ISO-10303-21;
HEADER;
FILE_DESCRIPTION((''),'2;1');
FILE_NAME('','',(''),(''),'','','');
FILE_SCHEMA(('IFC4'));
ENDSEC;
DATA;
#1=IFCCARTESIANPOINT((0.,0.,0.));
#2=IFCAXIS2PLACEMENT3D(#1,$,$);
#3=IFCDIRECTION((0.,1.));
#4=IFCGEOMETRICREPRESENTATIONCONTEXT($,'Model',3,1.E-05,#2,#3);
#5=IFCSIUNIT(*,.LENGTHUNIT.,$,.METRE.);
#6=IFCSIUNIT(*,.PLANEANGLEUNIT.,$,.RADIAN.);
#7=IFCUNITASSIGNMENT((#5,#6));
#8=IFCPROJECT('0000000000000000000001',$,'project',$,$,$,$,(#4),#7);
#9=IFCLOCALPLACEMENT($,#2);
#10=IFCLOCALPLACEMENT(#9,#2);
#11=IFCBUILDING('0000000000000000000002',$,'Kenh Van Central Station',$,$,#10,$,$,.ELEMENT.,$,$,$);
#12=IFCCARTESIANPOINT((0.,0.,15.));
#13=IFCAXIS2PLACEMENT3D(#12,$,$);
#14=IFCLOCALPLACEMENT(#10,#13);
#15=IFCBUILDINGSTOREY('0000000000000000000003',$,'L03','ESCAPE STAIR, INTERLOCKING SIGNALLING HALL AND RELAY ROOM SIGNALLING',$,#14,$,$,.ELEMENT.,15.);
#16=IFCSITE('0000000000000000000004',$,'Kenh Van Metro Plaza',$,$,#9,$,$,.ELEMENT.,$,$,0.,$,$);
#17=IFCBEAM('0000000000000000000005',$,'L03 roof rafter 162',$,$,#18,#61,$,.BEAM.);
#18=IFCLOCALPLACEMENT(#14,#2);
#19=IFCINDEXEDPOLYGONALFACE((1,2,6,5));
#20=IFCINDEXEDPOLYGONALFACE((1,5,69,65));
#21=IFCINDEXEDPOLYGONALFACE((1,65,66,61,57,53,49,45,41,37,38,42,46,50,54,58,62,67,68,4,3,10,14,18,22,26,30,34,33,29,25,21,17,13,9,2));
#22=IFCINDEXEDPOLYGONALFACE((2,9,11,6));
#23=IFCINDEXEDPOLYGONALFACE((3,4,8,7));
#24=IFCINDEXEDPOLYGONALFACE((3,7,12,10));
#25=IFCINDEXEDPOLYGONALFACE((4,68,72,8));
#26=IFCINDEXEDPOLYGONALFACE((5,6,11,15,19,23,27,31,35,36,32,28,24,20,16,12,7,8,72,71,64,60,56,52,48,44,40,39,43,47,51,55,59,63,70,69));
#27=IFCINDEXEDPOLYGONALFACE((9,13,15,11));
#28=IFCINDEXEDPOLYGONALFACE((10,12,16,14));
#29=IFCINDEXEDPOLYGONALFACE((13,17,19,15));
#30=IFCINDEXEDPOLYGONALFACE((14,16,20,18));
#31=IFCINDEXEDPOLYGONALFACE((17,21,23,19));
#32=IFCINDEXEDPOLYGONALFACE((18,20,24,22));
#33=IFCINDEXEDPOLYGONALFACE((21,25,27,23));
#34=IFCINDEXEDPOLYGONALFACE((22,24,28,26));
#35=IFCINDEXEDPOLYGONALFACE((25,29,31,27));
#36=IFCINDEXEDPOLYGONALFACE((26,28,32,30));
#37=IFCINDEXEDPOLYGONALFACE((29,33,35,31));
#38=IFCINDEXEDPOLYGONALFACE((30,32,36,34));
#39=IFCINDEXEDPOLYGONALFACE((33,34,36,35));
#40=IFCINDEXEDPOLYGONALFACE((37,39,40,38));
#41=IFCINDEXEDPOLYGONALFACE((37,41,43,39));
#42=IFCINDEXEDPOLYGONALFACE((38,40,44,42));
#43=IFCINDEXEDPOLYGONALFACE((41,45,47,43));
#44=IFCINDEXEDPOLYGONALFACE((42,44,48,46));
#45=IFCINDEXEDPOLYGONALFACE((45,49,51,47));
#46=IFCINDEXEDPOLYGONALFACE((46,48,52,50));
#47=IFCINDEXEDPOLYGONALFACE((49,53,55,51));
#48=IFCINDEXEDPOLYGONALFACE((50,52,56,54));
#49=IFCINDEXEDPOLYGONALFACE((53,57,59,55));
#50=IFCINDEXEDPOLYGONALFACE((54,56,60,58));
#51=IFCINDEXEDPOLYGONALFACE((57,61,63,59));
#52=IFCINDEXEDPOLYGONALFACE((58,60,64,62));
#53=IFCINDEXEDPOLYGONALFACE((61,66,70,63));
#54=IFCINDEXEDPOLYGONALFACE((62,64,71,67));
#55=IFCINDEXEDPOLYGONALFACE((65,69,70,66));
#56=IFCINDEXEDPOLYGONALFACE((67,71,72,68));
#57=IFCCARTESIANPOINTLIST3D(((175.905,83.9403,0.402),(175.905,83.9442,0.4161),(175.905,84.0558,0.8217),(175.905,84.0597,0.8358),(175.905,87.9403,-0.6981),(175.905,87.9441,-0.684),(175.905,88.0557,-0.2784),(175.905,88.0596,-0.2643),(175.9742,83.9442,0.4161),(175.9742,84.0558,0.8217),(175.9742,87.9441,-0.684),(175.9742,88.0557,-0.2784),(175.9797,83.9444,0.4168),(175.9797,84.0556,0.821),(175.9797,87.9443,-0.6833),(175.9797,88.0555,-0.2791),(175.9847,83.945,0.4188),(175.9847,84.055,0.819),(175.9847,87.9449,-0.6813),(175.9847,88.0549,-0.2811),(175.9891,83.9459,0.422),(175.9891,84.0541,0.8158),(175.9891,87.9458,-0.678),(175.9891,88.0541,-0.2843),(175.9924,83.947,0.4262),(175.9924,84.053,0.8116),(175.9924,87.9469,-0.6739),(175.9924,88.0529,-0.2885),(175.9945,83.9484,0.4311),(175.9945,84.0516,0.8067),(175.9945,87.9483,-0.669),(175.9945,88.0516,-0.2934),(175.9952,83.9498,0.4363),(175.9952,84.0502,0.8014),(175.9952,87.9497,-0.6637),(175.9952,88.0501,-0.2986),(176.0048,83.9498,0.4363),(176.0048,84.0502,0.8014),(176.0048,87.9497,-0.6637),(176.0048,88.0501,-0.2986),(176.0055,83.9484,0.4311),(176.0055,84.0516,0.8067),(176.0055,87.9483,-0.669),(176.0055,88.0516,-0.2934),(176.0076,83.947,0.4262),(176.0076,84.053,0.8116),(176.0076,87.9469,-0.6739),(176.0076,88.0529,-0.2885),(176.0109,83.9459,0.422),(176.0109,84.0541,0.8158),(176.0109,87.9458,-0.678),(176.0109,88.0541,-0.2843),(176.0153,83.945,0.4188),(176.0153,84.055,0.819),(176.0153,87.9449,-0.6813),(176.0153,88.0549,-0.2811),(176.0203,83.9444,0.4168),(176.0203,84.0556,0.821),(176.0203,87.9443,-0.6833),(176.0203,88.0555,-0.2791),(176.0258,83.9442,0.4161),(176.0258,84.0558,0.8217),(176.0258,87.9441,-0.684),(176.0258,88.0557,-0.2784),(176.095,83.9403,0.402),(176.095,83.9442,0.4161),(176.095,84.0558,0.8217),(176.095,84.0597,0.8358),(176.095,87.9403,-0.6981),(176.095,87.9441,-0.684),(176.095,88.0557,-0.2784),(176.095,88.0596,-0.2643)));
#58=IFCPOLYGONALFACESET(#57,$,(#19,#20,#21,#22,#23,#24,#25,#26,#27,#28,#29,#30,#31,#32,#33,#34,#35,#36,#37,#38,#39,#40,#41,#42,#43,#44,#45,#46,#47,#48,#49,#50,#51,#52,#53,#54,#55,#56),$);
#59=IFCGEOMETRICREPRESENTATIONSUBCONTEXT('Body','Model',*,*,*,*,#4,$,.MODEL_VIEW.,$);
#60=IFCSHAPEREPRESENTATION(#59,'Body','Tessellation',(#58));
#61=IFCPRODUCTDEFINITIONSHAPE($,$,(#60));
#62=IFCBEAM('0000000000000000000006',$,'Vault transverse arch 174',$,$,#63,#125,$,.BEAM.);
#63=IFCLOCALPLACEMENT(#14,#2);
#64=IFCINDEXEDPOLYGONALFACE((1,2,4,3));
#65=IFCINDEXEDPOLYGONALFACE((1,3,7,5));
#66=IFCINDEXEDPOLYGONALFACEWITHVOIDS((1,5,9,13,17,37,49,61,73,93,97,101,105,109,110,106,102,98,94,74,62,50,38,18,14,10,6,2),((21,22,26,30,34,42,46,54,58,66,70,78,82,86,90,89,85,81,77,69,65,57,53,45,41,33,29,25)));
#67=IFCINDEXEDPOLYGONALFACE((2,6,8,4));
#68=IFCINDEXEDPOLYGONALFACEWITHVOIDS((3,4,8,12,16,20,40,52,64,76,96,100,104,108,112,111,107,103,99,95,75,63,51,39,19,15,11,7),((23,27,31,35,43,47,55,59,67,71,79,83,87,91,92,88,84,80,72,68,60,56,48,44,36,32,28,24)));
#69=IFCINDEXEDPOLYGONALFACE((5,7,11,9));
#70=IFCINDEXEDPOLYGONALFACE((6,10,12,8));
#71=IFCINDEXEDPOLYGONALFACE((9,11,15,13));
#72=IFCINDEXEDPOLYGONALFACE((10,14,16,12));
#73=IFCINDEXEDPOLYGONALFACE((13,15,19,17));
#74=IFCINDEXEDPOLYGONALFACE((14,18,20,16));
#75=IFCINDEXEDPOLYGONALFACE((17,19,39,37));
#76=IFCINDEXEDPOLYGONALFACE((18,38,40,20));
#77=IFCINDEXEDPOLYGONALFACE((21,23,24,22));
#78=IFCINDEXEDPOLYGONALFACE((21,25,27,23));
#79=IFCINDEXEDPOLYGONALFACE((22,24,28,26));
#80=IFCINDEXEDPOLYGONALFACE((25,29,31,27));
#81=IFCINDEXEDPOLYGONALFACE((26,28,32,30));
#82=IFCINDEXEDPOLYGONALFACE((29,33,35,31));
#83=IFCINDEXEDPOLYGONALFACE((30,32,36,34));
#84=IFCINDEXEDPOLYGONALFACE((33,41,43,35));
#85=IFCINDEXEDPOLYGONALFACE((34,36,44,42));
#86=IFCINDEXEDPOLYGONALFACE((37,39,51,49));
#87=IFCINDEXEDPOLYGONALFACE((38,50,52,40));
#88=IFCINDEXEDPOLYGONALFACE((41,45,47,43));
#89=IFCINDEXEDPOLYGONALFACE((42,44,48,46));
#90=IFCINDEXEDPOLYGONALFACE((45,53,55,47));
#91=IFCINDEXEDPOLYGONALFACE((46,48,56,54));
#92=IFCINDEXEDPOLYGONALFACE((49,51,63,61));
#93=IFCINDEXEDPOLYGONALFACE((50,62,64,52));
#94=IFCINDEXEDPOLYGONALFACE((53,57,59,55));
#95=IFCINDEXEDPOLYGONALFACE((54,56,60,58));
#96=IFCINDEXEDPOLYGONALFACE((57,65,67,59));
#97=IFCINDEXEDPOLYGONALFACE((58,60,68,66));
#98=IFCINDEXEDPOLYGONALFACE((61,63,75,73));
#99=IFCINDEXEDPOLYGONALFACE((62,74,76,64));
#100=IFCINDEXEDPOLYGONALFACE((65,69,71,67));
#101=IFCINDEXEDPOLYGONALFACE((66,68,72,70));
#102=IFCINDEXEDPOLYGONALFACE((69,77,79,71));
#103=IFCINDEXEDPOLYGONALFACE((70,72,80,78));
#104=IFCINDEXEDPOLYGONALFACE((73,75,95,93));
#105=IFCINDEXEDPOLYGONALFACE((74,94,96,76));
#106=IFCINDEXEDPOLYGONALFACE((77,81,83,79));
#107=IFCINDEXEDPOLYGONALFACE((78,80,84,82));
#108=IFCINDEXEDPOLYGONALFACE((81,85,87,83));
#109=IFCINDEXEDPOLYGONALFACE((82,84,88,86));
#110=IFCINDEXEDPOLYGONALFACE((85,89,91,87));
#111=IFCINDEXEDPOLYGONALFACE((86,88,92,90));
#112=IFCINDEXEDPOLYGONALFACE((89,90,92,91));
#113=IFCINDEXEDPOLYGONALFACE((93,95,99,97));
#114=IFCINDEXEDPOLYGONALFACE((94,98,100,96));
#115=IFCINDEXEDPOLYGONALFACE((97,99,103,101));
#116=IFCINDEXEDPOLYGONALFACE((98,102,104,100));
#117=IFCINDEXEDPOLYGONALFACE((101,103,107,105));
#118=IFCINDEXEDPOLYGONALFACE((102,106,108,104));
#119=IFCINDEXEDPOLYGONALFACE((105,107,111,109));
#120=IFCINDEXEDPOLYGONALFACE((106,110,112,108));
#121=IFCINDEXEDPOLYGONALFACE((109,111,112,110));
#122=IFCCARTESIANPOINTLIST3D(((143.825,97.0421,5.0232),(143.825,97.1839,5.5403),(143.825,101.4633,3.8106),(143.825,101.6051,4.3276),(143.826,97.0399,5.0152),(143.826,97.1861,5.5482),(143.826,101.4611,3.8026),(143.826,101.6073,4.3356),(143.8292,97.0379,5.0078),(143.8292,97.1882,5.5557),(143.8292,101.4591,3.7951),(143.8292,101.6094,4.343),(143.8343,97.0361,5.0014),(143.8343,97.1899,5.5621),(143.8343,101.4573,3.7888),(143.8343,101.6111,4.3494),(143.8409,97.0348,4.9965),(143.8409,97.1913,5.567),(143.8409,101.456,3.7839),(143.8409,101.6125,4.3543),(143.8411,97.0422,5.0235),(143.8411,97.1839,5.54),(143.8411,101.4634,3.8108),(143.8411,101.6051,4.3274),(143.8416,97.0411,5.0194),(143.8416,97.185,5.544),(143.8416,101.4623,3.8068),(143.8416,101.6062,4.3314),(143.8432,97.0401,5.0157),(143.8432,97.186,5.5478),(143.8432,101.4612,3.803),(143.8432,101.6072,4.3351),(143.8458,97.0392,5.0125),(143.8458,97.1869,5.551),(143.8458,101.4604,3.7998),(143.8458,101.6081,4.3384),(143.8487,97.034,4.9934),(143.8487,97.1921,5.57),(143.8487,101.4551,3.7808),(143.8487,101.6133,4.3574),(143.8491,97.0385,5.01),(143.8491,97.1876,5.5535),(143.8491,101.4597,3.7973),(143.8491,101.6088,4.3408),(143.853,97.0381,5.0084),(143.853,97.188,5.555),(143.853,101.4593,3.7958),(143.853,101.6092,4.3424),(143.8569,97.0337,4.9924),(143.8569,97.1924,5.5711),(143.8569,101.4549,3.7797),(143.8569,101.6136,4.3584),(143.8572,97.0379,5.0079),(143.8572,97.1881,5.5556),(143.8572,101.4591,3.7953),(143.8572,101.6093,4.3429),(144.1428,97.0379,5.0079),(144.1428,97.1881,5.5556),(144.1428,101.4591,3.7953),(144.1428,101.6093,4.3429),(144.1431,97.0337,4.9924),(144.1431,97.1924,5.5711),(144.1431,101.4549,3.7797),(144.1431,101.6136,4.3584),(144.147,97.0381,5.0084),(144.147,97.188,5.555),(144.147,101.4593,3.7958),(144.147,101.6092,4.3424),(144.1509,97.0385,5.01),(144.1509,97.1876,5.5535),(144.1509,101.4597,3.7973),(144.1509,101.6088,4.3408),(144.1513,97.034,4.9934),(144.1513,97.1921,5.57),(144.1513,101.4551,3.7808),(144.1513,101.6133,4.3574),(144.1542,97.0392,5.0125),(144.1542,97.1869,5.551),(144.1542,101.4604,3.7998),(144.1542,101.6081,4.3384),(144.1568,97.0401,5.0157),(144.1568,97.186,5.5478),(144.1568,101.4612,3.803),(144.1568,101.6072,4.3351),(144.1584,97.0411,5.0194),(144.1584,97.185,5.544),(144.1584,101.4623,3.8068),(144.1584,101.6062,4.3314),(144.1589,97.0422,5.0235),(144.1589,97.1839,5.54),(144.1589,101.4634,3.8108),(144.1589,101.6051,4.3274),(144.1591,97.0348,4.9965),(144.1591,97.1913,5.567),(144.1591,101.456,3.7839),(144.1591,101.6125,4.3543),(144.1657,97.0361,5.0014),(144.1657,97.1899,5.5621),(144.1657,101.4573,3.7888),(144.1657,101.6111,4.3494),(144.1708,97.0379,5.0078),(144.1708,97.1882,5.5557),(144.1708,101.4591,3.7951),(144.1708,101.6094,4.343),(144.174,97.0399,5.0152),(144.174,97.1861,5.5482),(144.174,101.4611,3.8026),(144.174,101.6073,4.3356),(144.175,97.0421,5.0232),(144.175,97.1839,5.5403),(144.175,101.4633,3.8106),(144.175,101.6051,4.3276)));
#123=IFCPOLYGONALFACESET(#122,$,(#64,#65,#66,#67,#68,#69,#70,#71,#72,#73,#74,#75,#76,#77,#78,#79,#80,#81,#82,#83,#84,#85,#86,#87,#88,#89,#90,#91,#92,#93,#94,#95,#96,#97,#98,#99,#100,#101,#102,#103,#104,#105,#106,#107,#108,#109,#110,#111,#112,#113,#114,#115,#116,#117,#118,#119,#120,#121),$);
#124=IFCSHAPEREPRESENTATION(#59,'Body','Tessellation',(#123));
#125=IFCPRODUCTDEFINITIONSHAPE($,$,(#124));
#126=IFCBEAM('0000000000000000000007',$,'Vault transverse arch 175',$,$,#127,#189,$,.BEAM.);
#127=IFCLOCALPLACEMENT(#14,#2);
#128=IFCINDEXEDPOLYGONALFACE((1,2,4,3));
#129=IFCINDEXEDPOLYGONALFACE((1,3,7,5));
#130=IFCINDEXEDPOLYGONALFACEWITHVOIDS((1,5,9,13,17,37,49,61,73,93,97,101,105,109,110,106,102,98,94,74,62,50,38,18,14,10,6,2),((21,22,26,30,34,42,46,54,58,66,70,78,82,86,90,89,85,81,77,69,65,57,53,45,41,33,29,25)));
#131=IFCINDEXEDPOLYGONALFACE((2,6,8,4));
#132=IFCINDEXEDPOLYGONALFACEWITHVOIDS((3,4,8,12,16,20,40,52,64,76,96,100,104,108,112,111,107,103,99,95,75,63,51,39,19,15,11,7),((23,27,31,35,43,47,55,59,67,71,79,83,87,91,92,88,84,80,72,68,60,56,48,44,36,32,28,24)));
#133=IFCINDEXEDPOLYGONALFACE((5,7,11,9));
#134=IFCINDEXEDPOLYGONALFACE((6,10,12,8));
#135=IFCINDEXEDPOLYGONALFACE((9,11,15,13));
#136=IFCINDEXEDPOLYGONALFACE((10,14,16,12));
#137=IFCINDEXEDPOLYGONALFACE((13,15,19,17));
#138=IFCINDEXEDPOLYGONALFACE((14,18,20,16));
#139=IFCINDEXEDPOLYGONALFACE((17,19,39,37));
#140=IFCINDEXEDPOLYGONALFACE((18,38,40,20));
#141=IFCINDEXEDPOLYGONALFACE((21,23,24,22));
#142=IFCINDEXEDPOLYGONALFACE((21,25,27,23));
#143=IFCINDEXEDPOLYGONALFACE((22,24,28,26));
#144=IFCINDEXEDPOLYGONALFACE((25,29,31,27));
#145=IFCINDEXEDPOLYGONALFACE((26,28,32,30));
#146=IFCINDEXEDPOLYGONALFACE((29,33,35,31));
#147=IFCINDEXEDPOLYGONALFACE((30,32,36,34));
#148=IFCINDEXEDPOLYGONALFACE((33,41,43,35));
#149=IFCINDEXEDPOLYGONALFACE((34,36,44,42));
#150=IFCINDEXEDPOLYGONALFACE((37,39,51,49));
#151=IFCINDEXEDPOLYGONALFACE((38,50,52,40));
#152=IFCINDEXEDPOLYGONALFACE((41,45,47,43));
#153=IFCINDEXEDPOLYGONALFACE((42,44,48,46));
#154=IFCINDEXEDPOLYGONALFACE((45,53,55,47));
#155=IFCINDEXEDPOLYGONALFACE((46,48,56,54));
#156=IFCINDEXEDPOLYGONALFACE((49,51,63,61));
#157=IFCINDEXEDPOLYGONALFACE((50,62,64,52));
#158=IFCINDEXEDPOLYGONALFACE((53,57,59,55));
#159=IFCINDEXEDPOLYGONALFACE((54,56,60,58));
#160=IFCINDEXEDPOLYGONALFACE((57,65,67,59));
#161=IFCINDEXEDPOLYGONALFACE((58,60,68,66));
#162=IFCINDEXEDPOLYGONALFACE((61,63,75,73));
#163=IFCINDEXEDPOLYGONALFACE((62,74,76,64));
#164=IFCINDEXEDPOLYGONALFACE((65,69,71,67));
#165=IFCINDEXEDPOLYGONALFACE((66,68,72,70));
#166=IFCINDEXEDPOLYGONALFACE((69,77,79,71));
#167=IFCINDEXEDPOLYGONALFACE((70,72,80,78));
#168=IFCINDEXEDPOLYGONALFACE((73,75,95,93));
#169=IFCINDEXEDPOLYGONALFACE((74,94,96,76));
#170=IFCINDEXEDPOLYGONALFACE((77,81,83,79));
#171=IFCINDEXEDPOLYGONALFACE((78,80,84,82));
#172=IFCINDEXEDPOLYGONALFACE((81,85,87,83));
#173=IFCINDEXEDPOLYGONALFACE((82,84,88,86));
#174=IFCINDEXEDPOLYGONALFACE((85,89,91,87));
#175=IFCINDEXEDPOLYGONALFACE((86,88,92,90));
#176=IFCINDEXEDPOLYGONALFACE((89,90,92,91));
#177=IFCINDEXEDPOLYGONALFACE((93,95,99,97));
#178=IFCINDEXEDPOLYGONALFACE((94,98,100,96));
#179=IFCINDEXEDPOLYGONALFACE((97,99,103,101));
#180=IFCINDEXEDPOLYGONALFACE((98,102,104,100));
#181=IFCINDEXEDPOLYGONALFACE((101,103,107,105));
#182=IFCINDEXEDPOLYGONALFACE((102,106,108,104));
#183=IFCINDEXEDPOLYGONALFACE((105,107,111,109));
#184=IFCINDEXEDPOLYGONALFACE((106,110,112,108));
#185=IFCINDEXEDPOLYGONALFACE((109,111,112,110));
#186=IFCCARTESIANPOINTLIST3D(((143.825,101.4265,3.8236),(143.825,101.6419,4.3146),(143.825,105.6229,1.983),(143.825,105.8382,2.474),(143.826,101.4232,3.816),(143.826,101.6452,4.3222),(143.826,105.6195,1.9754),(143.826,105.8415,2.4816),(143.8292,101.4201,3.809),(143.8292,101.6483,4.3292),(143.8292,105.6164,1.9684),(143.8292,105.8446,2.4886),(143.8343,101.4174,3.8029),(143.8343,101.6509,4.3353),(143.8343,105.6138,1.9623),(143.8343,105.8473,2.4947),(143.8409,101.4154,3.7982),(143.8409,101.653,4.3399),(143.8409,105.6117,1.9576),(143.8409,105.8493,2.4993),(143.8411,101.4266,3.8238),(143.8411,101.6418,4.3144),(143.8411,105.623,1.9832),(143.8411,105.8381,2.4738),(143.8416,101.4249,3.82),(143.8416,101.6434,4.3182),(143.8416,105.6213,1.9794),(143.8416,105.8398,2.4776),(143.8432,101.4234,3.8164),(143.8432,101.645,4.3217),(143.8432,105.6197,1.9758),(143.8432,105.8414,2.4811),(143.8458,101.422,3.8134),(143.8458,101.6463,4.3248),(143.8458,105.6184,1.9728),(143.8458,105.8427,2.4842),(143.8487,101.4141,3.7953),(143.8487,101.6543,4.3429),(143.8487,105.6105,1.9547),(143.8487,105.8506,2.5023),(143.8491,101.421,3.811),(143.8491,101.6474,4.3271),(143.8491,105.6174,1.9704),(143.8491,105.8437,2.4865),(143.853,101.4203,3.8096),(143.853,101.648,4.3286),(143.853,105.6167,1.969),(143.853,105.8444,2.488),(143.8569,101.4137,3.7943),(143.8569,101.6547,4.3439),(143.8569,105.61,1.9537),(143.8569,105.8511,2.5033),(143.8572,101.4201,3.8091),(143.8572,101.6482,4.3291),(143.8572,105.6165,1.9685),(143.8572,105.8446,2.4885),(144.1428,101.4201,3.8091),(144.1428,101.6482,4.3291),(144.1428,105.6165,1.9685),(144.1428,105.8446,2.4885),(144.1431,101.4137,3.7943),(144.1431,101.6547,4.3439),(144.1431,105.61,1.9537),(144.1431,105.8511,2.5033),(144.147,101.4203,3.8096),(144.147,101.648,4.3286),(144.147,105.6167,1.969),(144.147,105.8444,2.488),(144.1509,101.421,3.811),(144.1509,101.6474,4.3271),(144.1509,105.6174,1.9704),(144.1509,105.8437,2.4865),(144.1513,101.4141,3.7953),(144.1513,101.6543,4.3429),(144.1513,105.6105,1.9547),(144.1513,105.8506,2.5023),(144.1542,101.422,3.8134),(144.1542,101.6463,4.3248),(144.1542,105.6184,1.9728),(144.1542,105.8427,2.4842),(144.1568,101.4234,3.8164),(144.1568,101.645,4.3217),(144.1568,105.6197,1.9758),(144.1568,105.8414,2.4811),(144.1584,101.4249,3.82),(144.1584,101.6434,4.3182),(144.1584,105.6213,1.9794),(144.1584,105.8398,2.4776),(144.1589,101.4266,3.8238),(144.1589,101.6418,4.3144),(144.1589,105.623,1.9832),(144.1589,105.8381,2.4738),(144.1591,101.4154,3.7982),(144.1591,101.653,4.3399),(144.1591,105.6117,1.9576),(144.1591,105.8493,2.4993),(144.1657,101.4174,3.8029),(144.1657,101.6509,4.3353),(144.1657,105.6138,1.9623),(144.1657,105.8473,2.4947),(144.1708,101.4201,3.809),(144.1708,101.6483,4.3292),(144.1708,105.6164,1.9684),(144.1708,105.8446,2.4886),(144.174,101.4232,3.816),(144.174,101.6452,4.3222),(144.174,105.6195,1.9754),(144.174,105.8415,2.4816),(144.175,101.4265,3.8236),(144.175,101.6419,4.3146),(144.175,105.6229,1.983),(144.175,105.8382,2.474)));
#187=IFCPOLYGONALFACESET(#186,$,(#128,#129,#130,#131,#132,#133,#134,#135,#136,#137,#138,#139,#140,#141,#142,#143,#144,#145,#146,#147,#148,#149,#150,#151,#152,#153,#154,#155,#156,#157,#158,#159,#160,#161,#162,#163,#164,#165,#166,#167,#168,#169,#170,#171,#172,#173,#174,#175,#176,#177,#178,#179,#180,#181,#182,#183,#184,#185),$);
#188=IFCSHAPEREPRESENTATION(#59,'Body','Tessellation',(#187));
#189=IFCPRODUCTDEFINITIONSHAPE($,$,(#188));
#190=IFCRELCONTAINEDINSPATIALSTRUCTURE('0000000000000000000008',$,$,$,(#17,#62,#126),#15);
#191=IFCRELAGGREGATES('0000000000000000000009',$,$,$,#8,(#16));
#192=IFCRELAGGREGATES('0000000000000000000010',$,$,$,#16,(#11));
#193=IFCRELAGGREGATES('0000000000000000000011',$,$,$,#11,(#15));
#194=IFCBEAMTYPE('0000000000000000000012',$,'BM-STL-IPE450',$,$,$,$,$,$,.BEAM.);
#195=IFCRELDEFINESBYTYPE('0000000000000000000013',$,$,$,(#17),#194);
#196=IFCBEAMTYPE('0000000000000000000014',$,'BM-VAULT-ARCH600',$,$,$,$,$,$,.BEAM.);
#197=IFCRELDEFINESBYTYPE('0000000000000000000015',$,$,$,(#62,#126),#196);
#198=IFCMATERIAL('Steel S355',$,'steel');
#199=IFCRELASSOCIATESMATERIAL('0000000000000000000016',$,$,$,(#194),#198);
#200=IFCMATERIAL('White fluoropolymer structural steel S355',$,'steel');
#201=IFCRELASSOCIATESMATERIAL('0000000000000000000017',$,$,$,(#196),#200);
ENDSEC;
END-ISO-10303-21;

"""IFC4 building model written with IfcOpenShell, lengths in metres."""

from ifc_helpers import new_model, si_unit, direction, frame, origin, origin_2d, place, context, subcontext, project, spatial, hollow_rectangle, i_section, extrude, material, material_profile, profile_set, type_object, element, save


model = new_model("IFC4")

# Units and contexts
model_context = context("Model", 3, precision=1e-05, world=origin(), true_north=direction((0.0, 1.0)))
body_context = subcontext(model_context, "Body", "Model", "MODEL_VIEW")
ifc_project = project(units=[si_unit("LENGTHUNIT", "METRE"), si_unit("PLANEANGLEUNIT", "RADIAN")], contexts=[model_context])

# Site, building, storey
site_placement = place(None, origin())
site = spatial("IfcSite", under=ifc_project, at=site_placement, Name="Kenh Van Metro Plaza", CompositionType="ELEMENT", RefElevation=0.0)
building_placement = place(site_placement, origin())
building = spatial("IfcBuilding", under=site, at=building_placement, Name="Kenh Van Central Station", CompositionType="ELEMENT")
storey_placement = place(building_placement, frame((0.0, 0.0, 15.0)))
storey = spatial("IfcBuildingStorey", under=building, at=storey_placement, Name="L03", Description="ESCAPE STAIR, INTERLOCKING SIGNALLING HALL AND RELAY ROOM SIGNALLING", CompositionType="ELEMENT", Elevation=15.0)

# Beams
ifc_material_1 = material(Name="Steel S355", Category="steel")
ifc_material_profile_1 = material_profile(ifc_material_1, i_section(OverallWidth=0.1899, OverallDepth=0.45, WebThickness=0.0095, FlangeThickness=0.0146, FilletRadius=0.021, at=origin_2d()), Name="IPE 450")
ifc_profile_set_1 = profile_set([ifc_material_profile_1], Name="Steel S355")
beam_type_1 = type_object("IfcBeamType", Name="BM-STL-IPE450", PredefinedType="BEAM", material=ifc_profile_set_1)
for number, where, z_axis, x_axis, name in (
    (1, (176.0, 84.0, 0.6189), (0.0, 0.964199, -0.265178), (-1.0, 0.0, 0.0), "L03 roof rafter 162"),
):
    element("IfcBeam", number, at=place(storey_placement, frame(where, z_axis=z_axis, x_axis=x_axis)), inside=storey, type_object=beam_type_1, Name=name, PredefinedType="BEAM", context=body_context, shape_type="SweptSolid", body=[
        extrude(i_section(OverallWidth=0.1899, OverallDepth=0.45, WebThickness=0.0095, FlangeThickness=0.0146, FilletRadius=0.021, at=origin_2d()), origin(), (0.0, 0.0, 1.0), 4.1484),
    ])
ifc_material_2 = material(Name="White fluoropolymer structural steel S355", Category="steel")
ifc_material_profile_2 = material_profile(ifc_material_2, hollow_rectangle(XDim=0.3501, YDim=0.6001, WallThickness=0.0161, InnerFilletRadius=0.0161, OuterFilletRadius=0.032, at=origin_2d()), Name="RHS 600x350x16")
ifc_profile_set_2 = profile_set([ifc_material_profile_2], Name="White fluoropolymer structural steel S355")
beam_type_2 = type_object("IfcBeamType", Name="BM-VAULT-ARCH600", PredefinedType="BEAM", material=ifc_profile_set_2)
beam_1_placement = place(storey_placement, frame((144.0, 97.113, 5.2817), z_axis=(0.0, 0.964382, -0.264514), x_axis=(-1.0, 0.0, 0.0)))
element("IfcBeam", 2, at=beam_1_placement, inside=storey, type_object=beam_type_2, Name="Vault transverse arch 174", PredefinedType="BEAM", context=body_context, shape_type="SweptSolid", body=[
    extrude(hollow_rectangle(XDim=0.3501, YDim=0.6001, WallThickness=0.0161, InnerFilletRadius=0.0161, OuterFilletRadius=0.032, at=origin_2d()), origin(), (0.0, 0.0, 1.0), 4.5845),
])
beam_2_placement = place(storey_placement, frame((144.0, 101.5342, 4.0691), z_axis=(0.0, 0.91578, -0.40168), x_axis=(-1.0, 0.0, 0.0)))
element("IfcBeam", 3, at=beam_2_placement, inside=storey, type_object=beam_type_2, Name="Vault transverse arch 175", PredefinedType="BEAM", context=body_context, shape_type="SweptSolid", body=[
    extrude(hollow_rectangle(XDim=0.3501, YDim=0.6001, WallThickness=0.0161, InnerFilletRadius=0.0161, OuterFilletRadius=0.032, at=origin_2d()), origin(), (0.0, 0.0, 1.0), 4.5823),
])

save(model, "model.ifc")
